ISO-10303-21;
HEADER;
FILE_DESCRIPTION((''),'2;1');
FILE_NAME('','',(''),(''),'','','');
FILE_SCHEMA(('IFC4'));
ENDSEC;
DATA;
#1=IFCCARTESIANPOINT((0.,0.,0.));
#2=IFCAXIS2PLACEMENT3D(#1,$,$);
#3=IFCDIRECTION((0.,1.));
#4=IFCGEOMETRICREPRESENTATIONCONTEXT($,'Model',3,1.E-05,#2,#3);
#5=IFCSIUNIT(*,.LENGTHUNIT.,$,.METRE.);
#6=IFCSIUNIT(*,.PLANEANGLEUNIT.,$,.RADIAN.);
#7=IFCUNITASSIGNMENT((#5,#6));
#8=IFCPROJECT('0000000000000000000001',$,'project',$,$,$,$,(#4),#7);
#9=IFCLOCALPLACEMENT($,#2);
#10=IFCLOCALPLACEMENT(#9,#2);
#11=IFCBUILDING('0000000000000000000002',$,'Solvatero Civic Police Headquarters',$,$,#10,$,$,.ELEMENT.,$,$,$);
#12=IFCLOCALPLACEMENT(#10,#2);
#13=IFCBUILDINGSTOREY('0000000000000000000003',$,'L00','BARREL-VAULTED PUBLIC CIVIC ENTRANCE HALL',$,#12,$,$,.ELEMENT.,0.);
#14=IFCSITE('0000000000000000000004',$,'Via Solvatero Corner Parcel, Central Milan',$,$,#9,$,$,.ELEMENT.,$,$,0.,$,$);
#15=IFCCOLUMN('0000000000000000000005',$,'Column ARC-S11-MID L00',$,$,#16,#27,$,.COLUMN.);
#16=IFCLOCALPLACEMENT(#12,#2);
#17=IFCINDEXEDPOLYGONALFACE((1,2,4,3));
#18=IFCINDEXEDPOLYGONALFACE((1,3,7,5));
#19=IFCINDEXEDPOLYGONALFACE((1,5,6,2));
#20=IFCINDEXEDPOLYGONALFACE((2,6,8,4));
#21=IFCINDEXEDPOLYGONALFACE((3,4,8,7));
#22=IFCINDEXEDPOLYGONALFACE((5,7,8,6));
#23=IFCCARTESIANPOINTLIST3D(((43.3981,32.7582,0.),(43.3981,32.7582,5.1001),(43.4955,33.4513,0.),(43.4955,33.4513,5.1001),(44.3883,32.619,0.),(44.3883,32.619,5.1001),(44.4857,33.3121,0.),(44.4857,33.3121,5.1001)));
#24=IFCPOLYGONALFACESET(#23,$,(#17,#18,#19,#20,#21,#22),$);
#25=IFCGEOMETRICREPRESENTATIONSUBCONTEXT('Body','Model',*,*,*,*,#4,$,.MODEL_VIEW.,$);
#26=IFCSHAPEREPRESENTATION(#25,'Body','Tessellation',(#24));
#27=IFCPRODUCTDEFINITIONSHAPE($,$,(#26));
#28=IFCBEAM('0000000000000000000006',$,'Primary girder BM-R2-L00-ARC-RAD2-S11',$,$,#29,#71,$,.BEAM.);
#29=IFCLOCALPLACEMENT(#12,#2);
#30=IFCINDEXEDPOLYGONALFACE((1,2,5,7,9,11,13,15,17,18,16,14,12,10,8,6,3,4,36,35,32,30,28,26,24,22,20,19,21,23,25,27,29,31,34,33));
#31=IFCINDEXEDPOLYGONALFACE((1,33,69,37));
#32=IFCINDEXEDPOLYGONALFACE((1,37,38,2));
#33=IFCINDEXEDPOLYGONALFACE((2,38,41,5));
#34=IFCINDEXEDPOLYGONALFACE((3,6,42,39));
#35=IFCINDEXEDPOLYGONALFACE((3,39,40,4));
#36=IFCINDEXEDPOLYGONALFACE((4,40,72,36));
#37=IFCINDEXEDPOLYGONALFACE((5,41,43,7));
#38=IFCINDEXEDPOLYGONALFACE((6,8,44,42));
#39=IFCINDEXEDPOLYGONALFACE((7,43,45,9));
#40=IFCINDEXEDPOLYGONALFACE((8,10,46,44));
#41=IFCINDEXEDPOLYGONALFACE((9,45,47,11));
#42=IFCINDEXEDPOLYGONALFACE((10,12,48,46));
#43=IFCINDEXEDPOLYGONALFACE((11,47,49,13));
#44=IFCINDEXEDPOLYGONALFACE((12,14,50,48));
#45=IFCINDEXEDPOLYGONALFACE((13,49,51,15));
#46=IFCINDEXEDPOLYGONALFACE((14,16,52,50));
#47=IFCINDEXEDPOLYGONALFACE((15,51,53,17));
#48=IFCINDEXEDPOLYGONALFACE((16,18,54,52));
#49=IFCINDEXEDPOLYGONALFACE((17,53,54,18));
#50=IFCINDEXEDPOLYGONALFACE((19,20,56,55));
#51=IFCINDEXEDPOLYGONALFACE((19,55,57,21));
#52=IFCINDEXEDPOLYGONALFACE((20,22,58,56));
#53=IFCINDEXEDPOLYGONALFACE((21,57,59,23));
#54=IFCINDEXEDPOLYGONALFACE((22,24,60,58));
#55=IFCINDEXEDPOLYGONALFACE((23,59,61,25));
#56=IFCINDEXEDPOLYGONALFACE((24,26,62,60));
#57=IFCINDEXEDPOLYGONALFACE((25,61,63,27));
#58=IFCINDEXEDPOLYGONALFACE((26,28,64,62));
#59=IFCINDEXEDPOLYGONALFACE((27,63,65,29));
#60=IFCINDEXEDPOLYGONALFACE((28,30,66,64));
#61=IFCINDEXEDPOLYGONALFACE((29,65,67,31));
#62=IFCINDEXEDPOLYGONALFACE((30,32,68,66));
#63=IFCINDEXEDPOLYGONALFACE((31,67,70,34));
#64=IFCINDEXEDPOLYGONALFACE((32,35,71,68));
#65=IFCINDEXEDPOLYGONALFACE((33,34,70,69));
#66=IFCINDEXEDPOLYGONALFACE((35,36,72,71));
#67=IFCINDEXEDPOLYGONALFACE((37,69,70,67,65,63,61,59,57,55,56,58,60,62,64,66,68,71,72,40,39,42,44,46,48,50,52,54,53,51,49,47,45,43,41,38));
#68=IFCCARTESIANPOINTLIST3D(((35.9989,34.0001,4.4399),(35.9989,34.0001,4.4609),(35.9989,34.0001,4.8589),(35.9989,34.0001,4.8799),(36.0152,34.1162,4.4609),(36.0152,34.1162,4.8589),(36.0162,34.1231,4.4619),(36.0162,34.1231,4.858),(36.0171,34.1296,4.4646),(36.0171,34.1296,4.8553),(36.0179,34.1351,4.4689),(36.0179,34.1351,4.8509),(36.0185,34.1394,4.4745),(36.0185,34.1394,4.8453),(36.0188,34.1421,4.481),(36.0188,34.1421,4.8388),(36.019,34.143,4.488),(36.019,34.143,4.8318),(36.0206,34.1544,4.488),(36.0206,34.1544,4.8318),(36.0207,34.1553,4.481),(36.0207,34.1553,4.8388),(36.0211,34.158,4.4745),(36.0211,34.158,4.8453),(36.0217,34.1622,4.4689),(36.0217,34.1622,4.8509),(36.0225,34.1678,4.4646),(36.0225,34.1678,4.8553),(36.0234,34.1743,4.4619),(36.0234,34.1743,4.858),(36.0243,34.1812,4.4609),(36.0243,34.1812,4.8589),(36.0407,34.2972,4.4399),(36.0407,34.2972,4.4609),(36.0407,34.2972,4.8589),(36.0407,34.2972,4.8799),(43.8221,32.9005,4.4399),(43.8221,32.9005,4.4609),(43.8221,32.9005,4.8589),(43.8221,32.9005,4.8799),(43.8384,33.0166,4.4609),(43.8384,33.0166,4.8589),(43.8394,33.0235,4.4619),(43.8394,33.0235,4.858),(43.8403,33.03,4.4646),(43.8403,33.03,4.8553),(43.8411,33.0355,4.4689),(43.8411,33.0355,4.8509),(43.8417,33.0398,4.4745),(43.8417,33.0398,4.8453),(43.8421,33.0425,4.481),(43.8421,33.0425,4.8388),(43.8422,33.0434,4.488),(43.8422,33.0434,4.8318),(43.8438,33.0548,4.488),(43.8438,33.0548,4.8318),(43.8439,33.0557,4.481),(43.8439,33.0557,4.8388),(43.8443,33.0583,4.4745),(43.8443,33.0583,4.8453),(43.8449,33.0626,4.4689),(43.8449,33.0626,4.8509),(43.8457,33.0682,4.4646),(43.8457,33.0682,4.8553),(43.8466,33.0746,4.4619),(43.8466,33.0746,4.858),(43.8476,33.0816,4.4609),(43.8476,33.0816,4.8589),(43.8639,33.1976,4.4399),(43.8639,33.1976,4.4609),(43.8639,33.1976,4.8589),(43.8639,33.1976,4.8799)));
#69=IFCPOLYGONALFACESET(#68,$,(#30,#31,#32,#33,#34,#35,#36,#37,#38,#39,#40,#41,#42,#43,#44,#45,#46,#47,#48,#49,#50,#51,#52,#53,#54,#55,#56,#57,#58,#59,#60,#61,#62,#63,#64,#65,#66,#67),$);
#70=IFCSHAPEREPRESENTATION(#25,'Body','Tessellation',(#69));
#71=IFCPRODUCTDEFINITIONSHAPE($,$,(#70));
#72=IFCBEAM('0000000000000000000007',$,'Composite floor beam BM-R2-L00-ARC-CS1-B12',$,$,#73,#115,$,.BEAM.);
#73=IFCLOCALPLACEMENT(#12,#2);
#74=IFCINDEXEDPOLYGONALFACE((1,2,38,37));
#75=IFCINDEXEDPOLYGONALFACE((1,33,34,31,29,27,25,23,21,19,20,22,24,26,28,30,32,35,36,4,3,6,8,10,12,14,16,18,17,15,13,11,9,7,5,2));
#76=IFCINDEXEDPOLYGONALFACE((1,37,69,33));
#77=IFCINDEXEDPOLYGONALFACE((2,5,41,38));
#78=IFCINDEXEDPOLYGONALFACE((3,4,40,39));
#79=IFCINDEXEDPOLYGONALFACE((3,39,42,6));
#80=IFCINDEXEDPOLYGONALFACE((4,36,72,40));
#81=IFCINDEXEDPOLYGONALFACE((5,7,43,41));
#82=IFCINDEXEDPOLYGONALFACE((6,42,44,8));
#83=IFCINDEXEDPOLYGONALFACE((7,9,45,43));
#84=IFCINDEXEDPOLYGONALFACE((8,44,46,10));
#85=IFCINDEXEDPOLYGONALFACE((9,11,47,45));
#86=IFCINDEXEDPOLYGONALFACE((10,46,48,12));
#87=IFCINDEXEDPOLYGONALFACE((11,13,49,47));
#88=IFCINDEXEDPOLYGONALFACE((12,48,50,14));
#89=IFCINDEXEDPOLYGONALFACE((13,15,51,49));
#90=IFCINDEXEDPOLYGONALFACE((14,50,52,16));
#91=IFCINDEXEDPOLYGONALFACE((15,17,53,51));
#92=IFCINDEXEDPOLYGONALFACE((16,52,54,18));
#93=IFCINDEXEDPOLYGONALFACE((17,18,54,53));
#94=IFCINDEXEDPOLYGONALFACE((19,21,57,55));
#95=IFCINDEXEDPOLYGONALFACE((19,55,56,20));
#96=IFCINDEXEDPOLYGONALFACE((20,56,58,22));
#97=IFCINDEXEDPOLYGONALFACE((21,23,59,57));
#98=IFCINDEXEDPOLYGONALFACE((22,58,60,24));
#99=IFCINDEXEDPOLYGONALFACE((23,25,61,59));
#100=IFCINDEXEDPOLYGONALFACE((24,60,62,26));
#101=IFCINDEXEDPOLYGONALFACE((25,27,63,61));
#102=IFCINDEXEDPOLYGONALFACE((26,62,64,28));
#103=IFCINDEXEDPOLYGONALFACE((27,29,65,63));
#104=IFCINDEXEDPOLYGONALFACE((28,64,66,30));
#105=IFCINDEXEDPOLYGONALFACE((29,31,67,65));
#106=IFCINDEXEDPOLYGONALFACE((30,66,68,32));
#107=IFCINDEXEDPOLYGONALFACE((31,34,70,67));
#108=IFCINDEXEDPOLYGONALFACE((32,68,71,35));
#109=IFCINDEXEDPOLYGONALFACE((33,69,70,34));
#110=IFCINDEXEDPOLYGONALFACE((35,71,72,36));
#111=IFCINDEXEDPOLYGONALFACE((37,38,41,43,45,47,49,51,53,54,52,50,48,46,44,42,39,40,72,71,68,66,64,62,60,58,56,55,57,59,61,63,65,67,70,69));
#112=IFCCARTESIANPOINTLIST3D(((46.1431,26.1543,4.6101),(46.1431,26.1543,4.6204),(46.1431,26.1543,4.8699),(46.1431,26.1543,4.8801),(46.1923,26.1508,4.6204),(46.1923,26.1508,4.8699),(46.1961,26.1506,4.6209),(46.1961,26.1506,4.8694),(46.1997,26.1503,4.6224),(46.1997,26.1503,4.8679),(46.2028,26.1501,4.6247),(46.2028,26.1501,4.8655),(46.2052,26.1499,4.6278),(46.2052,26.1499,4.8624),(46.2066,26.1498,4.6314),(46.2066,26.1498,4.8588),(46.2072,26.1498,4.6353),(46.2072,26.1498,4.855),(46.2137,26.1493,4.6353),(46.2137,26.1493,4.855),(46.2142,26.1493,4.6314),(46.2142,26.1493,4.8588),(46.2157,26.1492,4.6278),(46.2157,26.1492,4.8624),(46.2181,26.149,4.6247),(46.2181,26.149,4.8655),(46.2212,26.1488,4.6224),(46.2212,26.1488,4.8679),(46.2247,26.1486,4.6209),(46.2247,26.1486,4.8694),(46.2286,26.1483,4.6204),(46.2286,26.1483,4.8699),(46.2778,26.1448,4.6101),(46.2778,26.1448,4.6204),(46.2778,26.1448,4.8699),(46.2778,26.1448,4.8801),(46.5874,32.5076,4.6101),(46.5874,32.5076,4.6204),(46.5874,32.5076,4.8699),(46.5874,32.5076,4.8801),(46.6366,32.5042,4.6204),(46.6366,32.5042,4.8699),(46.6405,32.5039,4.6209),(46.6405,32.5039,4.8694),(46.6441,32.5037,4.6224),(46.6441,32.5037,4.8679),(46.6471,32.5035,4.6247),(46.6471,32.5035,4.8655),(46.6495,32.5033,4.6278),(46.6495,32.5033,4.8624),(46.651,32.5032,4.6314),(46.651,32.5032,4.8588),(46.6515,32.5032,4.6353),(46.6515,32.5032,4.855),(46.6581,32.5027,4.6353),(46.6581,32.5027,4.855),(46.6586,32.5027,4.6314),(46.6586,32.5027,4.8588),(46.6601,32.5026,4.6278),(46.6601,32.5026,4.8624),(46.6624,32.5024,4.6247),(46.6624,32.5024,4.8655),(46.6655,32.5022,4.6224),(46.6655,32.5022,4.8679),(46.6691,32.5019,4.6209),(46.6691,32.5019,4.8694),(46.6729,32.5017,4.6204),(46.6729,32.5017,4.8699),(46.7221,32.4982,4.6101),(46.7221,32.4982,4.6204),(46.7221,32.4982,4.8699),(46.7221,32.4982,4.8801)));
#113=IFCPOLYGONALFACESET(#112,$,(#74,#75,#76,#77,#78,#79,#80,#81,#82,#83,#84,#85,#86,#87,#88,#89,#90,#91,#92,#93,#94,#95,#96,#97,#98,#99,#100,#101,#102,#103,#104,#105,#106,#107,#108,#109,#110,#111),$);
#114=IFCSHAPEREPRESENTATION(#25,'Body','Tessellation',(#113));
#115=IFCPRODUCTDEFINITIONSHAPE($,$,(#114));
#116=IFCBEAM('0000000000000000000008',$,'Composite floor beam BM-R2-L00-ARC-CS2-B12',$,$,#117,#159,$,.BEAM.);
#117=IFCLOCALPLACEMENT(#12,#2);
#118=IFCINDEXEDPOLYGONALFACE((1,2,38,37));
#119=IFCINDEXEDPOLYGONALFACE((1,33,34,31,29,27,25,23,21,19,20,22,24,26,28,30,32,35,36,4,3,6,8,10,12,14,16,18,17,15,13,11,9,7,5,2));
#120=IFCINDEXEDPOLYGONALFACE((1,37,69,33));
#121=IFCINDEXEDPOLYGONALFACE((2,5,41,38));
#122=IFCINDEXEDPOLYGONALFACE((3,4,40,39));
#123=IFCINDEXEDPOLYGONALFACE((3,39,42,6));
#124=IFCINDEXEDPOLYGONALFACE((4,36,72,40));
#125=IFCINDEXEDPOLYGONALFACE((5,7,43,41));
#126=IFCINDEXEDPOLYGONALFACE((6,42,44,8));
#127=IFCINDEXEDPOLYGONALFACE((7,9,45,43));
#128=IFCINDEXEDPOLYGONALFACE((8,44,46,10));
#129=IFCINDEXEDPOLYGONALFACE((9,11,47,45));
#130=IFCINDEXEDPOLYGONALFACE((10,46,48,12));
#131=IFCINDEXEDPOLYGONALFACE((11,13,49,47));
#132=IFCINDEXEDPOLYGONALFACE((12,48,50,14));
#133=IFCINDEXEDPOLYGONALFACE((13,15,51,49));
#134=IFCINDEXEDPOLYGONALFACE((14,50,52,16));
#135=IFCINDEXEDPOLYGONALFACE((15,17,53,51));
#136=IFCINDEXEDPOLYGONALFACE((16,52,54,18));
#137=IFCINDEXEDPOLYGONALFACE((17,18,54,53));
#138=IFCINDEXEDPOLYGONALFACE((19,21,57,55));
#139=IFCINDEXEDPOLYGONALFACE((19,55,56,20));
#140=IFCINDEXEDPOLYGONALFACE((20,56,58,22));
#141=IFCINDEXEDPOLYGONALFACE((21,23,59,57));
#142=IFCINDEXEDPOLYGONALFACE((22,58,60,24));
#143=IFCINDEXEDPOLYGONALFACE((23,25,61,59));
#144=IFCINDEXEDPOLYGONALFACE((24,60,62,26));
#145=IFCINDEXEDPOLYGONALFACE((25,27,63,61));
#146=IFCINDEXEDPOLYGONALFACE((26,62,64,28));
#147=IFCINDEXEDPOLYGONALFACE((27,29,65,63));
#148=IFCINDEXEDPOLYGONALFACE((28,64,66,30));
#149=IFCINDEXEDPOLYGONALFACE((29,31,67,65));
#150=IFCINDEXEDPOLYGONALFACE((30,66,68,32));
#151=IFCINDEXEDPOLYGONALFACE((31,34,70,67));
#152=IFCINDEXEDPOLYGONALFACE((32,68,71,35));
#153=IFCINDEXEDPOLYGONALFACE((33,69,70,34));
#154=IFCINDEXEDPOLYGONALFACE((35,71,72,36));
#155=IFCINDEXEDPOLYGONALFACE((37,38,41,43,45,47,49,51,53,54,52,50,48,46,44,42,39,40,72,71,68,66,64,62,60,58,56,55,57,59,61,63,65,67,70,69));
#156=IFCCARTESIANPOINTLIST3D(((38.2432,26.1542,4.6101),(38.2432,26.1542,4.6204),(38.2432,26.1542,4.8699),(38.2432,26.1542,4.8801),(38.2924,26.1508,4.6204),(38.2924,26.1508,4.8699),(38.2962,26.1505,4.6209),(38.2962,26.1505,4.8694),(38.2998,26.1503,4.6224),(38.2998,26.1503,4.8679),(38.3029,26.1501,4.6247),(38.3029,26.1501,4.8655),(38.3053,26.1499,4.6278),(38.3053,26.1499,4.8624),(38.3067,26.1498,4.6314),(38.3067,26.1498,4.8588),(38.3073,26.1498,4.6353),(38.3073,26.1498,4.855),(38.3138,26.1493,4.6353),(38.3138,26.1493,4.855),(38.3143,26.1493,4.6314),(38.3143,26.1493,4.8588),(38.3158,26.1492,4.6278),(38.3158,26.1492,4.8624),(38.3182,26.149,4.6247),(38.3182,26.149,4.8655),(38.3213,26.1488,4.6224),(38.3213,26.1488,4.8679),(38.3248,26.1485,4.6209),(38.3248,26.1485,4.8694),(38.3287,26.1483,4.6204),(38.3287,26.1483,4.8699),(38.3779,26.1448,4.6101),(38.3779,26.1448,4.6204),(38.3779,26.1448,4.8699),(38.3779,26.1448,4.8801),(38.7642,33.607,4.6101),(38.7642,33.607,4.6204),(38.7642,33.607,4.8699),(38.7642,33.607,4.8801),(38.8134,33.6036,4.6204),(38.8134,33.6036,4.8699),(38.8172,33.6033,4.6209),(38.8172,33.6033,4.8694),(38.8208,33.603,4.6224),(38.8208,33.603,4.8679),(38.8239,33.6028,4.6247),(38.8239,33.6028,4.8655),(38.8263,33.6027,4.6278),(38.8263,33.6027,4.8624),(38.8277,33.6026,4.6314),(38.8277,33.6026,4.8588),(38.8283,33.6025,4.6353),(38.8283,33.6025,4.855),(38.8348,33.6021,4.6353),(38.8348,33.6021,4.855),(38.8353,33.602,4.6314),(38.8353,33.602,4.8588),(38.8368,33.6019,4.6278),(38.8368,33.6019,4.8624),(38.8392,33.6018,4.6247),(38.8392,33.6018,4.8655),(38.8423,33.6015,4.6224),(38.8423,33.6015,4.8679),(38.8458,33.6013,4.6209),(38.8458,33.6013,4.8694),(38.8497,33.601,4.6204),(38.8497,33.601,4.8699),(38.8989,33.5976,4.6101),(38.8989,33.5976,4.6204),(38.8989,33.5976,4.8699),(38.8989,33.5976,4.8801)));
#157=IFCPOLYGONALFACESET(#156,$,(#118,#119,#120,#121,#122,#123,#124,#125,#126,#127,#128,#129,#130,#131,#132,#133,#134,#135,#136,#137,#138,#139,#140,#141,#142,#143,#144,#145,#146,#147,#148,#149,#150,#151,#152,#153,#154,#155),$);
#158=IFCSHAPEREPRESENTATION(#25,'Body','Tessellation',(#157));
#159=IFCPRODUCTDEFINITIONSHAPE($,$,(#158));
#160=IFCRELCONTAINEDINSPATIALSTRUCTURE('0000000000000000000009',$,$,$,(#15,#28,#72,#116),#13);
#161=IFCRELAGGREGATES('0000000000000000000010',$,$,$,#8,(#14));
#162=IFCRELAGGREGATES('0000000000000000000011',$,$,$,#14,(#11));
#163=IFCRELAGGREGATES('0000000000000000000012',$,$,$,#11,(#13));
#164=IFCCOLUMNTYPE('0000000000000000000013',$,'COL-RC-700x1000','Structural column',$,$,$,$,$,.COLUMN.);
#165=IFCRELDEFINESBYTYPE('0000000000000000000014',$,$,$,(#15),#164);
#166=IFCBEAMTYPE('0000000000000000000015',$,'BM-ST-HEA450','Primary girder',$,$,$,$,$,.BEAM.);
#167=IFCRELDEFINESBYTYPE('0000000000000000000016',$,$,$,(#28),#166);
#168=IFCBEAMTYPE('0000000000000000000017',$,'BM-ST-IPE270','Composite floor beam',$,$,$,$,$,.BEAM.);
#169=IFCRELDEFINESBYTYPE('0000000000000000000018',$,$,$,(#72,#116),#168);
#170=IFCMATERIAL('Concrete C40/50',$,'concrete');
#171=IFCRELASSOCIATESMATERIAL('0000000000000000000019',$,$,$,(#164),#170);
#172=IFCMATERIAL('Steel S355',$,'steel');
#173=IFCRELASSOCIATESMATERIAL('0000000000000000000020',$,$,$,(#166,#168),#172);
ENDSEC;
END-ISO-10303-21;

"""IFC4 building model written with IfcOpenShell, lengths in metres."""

from ifc_helpers import new_model, si_unit, direction, frame, origin, origin_2d, place, context, subcontext, project, spatial, rectangle, i_section, extrude, material, material_profile, profile_set, type_object, element, save


model = new_model("IFC4")

# Units and contexts
model_context = context("Model", 3, precision=1e-05, world=origin(), true_north=direction((0.0, 1.0)))
body_context = subcontext(model_context, "Body", "Model", "MODEL_VIEW")
ifc_project = project(units=[si_unit("LENGTHUNIT", "METRE"), si_unit("PLANEANGLEUNIT", "RADIAN")], contexts=[model_context])

# Site, building, storey
site_placement = place(None, origin())
site = spatial("IfcSite", under=ifc_project, at=site_placement, Name="Via Solvatero Corner Parcel, Central Milan", CompositionType="ELEMENT", RefElevation=0.0)
building_placement = place(site_placement, origin())
building = spatial("IfcBuilding", under=site, at=building_placement, Name="Solvatero Civic Police Headquarters", CompositionType="ELEMENT")
storey_placement = place(building_placement, origin())
storey = spatial("IfcBuildingStorey", under=building, at=storey_placement, Name="L00", Description="BARREL-VAULTED PUBLIC CIVIC ENTRANCE HALL", CompositionType="ELEMENT", Elevation=0.0)

# Column
ifc_material_1 = material(Name="Concrete C40/50", Category="concrete")
ifc_material_profile_1 = material_profile(ifc_material_1, rectangle(XDim=0.7, YDim=1.0, at=origin_2d()), Name="RC 700x1000")
ifc_profile_set_1 = profile_set([ifc_material_profile_1], Name="Concrete C40/50")
column_type = type_object("IfcColumnType", Name="COL-RC-700x1000", Description="Structural column", PredefinedType="COLUMN", material=ifc_profile_set_1)
column_placement = place(storey_placement, frame((43.9419, 33.0352, 0.0), z_axis=(0.0, 0.0, 1.0), x_axis=(0.139173, 0.990268, 0.0)))
element("IfcColumn", 1, at=column_placement, inside=storey, type_object=column_type, Name="Column ARC-S11-MID L00", PredefinedType="COLUMN", context=body_context, shape_type="SweptSolid", body=[
    extrude(rectangle(XDim=0.7, YDim=1.0, at=origin_2d()), origin(), (0.0, 0.0, 1.0), 5.1001),
])

# Beams
ifc_material_2 = material(Name="Steel S355", Category="steel")
ifc_material_profile_2 = material_profile(ifc_material_2, i_section(OverallWidth=0.3, OverallDepth=0.4399, WebThickness=0.0115, FlangeThickness=0.021, FilletRadius=0.0271, at=origin_2d()), Name="HEA 450")
ifc_profile_set_2 = profile_set([ifc_material_profile_2], Name="Steel S355")
beam_type_1 = type_object("IfcBeamType", Name="BM-ST-HEA450", Description="Primary girder", PredefinedType="BEAM", material=ifc_profile_set_2)
beam_1_placement = place(storey_placement, frame((43.843, 33.0491, 4.6599), z_axis=(-0.990266, 0.139189, 0.0), x_axis=(-0.139189, -0.990266, 0.0)))
element("IfcBeam", 2, at=beam_1_placement, inside=storey, type_object=beam_type_1, Name="Primary girder BM-R2-L00-ARC-RAD2-S11", PredefinedType="BEAM", context=body_context, shape_type="SweptSolid", body=[
    extrude(i_section(OverallWidth=0.3, OverallDepth=0.4399, WebThickness=0.0115, FlangeThickness=0.021, FilletRadius=0.0271, at=origin_2d()), origin(), (0.0, 0.0, 1.0), 7.9001),
])
ifc_material_profile_3 = material_profile(ifc_material_2, i_section(OverallWidth=0.135, OverallDepth=0.27, WebThickness=0.0066, FlangeThickness=0.0103, FilletRadius=0.0149, at=origin_2d()), Name="IPE 270")
ifc_profile_set_3 = profile_set([ifc_material_profile_3], Name="Steel S355")
beam_type_2 = type_object("IfcBeamType", Name="BM-ST-IPE270", Description="Composite floor beam", PredefinedType="BEAM", material=ifc_profile_set_3)
beam_2_placement = place(storey_placement, frame((46.6548, 32.5029, 4.7451), z_axis=(-0.069768, -0.997563, 0.0), x_axis=(0.997563, -0.069768, 0.0)))
element("IfcBeam", 3, at=beam_2_placement, inside=storey, type_object=beam_type_2, Name="Composite floor beam BM-R2-L00-ARC-CS1-B12", PredefinedType="BEAM", context=body_context, shape_type="SweptSolid", body=[
    extrude(i_section(OverallWidth=0.135, OverallDepth=0.27, WebThickness=0.0066, FlangeThickness=0.0103, FilletRadius=0.0149, at=origin_2d()), origin(), (0.0, 0.0, 1.0), 6.3689),
])
beam_3_placement = place(storey_placement, frame((38.8315, 33.6023, 4.7451), z_axis=(-0.069737, -0.997565, 0.0), x_axis=(0.997565, -0.069737, 0.0)))
element("IfcBeam", 4, at=beam_3_placement, inside=storey, type_object=beam_type_2, Name="Composite floor beam BM-R2-L00-ARC-CS2-B12", PredefinedType="BEAM", context=body_context, shape_type="SweptSolid", body=[
    extrude(i_section(OverallWidth=0.135, OverallDepth=0.27, WebThickness=0.0066, FlangeThickness=0.0103, FilletRadius=0.0149, at=origin_2d()), origin(), (0.0, 0.0, 1.0), 7.4709),
])

save(model, "model.ifc")
